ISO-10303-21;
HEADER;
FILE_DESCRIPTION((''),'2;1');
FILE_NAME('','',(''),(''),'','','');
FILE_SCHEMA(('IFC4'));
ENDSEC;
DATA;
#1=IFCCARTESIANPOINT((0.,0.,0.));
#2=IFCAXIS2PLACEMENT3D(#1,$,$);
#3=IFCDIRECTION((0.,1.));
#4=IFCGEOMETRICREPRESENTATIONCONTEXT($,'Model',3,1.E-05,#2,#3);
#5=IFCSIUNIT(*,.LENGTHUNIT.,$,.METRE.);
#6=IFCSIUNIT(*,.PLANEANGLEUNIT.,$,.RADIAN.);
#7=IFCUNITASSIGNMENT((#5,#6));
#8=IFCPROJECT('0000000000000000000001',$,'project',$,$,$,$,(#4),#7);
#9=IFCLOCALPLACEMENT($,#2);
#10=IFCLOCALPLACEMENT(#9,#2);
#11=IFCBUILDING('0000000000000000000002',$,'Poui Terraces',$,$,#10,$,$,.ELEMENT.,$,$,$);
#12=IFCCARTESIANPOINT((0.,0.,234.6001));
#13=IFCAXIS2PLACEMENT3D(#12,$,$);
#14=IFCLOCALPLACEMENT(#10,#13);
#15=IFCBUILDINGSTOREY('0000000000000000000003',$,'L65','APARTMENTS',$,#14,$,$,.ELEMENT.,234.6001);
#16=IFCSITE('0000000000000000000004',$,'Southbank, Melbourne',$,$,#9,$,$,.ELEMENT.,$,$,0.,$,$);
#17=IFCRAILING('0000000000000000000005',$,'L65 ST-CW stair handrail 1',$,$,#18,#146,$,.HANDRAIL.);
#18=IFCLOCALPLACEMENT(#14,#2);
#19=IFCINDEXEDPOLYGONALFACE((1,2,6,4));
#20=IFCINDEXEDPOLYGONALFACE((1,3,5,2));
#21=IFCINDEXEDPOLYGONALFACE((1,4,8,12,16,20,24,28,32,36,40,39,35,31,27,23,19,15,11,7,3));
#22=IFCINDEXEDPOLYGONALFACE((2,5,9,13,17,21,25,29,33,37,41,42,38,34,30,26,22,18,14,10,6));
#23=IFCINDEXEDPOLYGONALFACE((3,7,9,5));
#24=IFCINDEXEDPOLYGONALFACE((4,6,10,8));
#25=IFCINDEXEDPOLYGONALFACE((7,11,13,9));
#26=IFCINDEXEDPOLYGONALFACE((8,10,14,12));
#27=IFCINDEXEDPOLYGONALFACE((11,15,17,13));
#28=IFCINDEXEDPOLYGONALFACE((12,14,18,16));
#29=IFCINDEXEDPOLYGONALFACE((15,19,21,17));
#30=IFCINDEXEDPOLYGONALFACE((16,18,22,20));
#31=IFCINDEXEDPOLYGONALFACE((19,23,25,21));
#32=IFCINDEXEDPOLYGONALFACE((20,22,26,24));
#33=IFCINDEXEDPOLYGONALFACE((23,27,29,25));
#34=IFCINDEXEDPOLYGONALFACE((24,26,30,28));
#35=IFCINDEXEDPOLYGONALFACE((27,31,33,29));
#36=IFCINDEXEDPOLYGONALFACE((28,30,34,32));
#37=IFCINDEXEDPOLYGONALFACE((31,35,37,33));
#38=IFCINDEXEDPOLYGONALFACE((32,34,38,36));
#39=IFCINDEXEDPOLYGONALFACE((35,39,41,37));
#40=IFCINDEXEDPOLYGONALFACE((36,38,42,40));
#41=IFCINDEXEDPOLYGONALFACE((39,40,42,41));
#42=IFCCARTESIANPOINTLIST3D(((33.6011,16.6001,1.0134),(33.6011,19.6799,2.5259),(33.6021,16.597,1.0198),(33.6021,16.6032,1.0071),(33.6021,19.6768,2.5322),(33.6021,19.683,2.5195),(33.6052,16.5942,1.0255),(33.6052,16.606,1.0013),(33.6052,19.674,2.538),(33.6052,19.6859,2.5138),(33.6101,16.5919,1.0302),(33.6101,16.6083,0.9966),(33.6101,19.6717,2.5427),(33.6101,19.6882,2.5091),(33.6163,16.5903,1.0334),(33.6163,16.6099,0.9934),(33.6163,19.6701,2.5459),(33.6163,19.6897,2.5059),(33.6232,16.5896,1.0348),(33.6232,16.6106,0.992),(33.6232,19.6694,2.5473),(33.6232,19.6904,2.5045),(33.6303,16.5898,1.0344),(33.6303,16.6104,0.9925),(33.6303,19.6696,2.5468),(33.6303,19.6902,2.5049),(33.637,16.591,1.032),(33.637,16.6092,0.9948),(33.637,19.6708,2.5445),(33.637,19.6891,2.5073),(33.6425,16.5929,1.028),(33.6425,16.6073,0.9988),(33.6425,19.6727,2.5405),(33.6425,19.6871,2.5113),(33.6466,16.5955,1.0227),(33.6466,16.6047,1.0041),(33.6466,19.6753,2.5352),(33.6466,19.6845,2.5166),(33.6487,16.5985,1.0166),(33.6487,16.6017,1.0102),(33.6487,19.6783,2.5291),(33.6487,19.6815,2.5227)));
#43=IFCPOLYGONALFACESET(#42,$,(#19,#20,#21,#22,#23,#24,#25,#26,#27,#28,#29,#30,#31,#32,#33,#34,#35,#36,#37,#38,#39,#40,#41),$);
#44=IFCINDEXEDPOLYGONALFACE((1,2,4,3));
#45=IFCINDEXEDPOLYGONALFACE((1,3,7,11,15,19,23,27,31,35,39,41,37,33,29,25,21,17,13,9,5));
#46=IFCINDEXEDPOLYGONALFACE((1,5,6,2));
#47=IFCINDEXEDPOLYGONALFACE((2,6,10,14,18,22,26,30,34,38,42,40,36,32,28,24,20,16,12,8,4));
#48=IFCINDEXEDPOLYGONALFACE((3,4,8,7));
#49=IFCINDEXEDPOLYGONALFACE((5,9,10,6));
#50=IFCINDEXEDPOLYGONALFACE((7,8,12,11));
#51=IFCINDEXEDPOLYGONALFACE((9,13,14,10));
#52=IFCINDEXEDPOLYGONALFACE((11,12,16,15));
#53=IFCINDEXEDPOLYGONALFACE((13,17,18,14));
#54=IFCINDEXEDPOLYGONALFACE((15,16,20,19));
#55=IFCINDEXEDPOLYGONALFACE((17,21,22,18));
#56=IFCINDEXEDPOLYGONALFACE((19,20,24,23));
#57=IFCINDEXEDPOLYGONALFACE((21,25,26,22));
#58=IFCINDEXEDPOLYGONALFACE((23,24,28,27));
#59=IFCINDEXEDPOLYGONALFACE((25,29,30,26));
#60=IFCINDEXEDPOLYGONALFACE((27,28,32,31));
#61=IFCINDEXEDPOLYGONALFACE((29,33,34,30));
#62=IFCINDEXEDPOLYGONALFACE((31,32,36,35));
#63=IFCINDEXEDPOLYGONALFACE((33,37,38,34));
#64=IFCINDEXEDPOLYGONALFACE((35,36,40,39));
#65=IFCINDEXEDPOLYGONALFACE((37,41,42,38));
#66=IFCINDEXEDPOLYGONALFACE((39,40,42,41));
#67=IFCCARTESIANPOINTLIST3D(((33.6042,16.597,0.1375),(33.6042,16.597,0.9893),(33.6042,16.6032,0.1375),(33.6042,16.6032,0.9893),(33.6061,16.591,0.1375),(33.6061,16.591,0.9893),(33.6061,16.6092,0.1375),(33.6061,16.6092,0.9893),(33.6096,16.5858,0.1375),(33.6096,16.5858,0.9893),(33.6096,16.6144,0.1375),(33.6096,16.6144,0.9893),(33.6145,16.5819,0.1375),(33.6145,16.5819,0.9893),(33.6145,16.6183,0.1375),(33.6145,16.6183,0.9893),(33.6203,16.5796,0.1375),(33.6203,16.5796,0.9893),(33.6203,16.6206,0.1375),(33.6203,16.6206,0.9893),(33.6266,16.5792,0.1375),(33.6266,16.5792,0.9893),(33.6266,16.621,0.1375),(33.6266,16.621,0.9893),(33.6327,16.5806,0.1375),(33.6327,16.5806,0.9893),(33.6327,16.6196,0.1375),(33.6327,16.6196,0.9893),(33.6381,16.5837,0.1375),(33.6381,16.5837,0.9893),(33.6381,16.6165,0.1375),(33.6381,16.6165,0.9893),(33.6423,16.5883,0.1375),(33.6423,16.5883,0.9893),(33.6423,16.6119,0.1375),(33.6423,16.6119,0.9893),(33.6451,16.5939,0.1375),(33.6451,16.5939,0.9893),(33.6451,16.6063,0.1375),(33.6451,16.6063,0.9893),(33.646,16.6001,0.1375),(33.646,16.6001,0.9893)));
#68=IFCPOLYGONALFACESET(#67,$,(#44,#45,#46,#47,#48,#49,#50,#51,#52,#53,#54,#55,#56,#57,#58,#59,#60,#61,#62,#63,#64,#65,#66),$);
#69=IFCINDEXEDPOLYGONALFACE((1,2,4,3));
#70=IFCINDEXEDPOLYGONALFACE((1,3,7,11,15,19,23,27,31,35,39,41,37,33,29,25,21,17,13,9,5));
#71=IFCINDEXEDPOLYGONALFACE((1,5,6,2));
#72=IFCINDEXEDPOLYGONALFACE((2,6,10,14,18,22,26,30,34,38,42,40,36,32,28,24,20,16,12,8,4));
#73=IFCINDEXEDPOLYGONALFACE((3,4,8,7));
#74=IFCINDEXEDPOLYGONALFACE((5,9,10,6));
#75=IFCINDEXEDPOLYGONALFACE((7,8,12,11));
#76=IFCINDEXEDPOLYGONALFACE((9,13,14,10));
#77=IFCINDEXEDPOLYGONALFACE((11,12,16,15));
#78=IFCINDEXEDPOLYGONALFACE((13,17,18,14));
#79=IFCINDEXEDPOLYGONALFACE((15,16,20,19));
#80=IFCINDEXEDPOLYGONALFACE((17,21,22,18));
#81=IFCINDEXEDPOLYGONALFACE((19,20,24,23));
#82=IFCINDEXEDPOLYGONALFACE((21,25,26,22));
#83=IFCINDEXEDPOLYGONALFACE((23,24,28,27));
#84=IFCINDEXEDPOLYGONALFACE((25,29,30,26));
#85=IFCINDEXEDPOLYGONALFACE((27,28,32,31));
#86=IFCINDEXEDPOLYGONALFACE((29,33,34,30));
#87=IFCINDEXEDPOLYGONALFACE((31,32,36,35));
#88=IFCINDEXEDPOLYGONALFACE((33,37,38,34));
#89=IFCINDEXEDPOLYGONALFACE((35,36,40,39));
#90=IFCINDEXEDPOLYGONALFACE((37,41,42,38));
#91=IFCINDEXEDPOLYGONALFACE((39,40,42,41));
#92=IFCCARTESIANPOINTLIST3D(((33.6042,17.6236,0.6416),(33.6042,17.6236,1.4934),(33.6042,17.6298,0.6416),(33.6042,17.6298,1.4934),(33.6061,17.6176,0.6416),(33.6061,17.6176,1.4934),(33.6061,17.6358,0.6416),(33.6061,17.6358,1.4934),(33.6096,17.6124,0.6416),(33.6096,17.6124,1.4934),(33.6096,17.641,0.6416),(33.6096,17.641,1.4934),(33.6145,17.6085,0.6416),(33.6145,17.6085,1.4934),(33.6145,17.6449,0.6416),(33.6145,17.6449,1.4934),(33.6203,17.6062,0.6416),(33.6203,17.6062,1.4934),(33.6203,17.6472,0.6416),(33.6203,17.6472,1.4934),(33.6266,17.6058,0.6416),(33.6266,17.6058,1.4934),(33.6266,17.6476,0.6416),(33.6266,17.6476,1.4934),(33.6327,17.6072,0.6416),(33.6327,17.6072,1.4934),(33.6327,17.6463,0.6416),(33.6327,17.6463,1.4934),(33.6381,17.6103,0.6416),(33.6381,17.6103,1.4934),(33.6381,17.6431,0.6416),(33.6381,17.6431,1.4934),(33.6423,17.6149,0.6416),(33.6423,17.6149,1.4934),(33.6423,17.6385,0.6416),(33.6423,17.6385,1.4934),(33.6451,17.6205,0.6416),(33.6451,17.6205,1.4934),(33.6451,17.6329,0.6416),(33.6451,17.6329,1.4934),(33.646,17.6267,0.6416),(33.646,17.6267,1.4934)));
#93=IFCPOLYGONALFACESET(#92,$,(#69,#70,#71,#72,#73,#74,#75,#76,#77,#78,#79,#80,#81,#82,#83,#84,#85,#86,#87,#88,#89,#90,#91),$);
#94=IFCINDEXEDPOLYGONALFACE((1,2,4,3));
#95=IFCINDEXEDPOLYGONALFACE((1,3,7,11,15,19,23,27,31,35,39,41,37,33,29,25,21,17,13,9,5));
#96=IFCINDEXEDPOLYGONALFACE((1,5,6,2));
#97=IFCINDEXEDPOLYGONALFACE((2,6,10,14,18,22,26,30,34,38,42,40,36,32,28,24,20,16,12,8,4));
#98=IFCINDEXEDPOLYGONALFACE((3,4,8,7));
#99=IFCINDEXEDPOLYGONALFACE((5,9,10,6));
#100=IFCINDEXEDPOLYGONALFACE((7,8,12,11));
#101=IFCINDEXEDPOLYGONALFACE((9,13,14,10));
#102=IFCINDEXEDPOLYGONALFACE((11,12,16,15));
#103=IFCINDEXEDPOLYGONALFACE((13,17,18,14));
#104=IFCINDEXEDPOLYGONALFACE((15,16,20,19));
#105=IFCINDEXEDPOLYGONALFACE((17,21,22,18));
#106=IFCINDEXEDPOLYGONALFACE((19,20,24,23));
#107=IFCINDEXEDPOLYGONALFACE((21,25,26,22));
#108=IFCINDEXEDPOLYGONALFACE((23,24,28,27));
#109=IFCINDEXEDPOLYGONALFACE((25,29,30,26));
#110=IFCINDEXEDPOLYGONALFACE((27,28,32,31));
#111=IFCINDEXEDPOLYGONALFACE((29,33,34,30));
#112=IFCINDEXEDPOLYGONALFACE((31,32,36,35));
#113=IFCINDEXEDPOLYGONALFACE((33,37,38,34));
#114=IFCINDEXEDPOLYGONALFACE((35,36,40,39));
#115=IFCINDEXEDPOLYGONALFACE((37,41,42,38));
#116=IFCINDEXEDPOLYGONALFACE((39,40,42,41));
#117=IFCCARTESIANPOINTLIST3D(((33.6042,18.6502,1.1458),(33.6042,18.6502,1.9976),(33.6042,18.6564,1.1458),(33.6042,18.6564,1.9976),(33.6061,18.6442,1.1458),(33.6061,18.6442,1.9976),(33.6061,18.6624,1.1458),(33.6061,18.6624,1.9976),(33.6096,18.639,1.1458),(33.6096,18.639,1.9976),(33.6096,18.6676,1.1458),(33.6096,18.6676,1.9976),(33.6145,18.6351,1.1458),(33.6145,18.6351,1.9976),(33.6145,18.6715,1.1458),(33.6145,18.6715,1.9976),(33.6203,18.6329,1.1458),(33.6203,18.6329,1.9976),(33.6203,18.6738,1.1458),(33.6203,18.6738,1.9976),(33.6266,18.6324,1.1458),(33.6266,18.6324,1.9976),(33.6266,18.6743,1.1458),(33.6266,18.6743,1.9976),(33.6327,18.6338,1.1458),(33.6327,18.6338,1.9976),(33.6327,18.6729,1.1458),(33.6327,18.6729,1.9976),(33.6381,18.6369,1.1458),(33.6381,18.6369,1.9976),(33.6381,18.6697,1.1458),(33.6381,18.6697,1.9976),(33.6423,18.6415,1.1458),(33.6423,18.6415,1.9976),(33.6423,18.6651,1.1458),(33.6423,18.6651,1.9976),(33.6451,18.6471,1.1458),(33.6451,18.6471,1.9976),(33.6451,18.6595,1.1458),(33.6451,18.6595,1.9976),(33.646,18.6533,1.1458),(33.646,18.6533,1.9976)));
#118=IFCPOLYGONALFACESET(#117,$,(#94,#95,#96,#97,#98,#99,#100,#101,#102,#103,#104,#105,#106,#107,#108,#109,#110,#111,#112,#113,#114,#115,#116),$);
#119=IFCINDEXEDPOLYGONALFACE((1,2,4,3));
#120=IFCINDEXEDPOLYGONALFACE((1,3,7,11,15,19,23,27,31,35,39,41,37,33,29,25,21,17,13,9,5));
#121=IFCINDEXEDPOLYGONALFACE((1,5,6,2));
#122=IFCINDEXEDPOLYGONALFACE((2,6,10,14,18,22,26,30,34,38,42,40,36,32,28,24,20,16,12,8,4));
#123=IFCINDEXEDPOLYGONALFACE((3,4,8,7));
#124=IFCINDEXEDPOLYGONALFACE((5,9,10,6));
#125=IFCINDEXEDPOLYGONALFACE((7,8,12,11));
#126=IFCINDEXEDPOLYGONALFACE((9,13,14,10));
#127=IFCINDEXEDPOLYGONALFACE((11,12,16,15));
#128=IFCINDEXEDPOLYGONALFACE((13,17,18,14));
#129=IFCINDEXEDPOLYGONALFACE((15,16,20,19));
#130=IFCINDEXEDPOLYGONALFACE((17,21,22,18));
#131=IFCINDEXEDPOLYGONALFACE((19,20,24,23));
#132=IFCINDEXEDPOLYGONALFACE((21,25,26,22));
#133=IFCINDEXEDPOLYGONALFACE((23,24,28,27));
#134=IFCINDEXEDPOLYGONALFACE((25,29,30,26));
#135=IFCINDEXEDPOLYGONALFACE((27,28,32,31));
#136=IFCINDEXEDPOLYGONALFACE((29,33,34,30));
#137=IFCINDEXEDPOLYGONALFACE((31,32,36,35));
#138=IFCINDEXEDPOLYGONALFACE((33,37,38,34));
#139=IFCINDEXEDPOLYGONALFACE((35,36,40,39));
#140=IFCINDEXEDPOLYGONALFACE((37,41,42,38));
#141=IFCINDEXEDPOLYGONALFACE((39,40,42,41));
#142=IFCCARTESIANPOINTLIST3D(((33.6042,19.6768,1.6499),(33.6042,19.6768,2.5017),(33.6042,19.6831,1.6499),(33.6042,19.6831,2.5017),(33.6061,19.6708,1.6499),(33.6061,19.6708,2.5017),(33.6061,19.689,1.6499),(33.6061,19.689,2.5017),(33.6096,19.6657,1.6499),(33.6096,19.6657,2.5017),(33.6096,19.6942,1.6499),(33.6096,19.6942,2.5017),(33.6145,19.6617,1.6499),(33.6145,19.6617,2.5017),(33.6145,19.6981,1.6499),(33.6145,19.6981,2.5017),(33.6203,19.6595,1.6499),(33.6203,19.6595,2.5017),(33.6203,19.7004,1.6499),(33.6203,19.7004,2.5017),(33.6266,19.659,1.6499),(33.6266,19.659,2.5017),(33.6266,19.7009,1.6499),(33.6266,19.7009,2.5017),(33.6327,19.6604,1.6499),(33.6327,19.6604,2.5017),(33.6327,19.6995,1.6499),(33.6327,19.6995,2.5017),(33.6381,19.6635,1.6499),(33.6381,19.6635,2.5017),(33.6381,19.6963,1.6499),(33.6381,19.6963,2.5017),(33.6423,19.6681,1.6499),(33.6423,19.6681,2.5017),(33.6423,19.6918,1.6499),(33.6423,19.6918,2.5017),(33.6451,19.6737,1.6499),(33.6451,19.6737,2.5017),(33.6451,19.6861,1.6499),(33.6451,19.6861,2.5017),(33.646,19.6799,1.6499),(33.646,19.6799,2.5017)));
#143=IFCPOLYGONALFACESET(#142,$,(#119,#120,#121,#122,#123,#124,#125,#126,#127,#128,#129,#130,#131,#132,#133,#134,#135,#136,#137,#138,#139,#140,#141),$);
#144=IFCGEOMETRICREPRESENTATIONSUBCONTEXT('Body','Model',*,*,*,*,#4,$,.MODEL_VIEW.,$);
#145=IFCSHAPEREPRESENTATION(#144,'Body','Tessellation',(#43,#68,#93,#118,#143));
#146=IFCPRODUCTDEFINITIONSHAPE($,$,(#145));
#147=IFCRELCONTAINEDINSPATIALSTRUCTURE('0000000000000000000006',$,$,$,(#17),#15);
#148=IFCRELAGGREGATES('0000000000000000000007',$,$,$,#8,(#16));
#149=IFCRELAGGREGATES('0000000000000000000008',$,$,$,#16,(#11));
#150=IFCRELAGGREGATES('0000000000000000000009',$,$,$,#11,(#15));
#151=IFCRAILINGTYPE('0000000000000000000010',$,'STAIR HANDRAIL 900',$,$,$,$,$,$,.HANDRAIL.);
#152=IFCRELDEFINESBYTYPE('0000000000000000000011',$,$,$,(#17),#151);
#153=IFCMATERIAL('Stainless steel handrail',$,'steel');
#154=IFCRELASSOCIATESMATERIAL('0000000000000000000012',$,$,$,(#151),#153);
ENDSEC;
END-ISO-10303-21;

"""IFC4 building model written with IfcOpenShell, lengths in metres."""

from ifc_helpers import new_model, si_unit, direction, frame, origin, origin_2d, place, context, subcontext, project, spatial, circle, extrude, material, type_object, element, save


model = new_model("IFC4")

# Units and contexts
model_context = context("Model", 3, precision=1e-05, world=origin(), true_north=direction((0.0, 1.0)))
body_context = subcontext(model_context, "Body", "Model", "MODEL_VIEW")
ifc_project = project(units=[si_unit("LENGTHUNIT", "METRE"), si_unit("PLANEANGLEUNIT", "RADIAN")], contexts=[model_context])

# Site, building, storey
site_placement = place(None, origin())
site = spatial("IfcSite", under=ifc_project, at=site_placement, Name="Southbank, Melbourne", CompositionType="ELEMENT", RefElevation=0.0)
building_placement = place(site_placement, origin())
building = spatial("IfcBuilding", under=site, at=building_placement, Name="Poui Terraces", CompositionType="ELEMENT")
storey_placement = place(building_placement, frame((0.0, 0.0, 234.6001)))
storey = spatial("IfcBuildingStorey", under=building, at=storey_placement, Name="L65", Description="APARTMENTS", CompositionType="ELEMENT", Elevation=234.6001)

# Railing
ifc_material_1 = material(Name="Stainless steel handrail", Category="steel")
railing_type_1 = type_object("IfcRailingType", Name="STAIR HANDRAIL 900", PredefinedType="HANDRAIL", material=ifc_material_1)
railing_1_placement = place(storey_placement, frame((33.625, 16.6001, 0.1375)))
element("IfcRailing", 1, at=railing_1_placement, inside=storey, type_object=railing_type_1, Name="L65 ST-CW stair handrail 1", PredefinedType="HANDRAIL", context=body_context, shape_type="SweptSolid", body=[
    extrude(circle(Radius=0.0239, at=origin_2d()), frame((0.0, 0.0, 0.876), z_axis=(0.0, 0.897606, 0.440798), x_axis=(-1.0, 0.0, 0.0)), (0.0, 0.0, 1.0), 3.4312),
    extrude(circle(Radius=0.021, at=origin_2d()), origin(), (0.0, 0.0, 1.0), 0.8518),
    extrude(circle(Radius=0.021, at=origin_2d()), frame((0.0, 1.0266, 0.5042)), (0.0, 0.0, 1.0), 0.8518),
    extrude(circle(Radius=0.021, at=origin_2d()), frame((0.0, 2.0532, 1.0083)), (0.0, 0.0, 1.0), 0.8518),
    extrude(circle(Radius=0.021, at=origin_2d()), frame((0.0, 3.0798, 1.5125)), (0.0, 0.0, 1.0), 0.8518),
])

save(model, "model.ifc")
